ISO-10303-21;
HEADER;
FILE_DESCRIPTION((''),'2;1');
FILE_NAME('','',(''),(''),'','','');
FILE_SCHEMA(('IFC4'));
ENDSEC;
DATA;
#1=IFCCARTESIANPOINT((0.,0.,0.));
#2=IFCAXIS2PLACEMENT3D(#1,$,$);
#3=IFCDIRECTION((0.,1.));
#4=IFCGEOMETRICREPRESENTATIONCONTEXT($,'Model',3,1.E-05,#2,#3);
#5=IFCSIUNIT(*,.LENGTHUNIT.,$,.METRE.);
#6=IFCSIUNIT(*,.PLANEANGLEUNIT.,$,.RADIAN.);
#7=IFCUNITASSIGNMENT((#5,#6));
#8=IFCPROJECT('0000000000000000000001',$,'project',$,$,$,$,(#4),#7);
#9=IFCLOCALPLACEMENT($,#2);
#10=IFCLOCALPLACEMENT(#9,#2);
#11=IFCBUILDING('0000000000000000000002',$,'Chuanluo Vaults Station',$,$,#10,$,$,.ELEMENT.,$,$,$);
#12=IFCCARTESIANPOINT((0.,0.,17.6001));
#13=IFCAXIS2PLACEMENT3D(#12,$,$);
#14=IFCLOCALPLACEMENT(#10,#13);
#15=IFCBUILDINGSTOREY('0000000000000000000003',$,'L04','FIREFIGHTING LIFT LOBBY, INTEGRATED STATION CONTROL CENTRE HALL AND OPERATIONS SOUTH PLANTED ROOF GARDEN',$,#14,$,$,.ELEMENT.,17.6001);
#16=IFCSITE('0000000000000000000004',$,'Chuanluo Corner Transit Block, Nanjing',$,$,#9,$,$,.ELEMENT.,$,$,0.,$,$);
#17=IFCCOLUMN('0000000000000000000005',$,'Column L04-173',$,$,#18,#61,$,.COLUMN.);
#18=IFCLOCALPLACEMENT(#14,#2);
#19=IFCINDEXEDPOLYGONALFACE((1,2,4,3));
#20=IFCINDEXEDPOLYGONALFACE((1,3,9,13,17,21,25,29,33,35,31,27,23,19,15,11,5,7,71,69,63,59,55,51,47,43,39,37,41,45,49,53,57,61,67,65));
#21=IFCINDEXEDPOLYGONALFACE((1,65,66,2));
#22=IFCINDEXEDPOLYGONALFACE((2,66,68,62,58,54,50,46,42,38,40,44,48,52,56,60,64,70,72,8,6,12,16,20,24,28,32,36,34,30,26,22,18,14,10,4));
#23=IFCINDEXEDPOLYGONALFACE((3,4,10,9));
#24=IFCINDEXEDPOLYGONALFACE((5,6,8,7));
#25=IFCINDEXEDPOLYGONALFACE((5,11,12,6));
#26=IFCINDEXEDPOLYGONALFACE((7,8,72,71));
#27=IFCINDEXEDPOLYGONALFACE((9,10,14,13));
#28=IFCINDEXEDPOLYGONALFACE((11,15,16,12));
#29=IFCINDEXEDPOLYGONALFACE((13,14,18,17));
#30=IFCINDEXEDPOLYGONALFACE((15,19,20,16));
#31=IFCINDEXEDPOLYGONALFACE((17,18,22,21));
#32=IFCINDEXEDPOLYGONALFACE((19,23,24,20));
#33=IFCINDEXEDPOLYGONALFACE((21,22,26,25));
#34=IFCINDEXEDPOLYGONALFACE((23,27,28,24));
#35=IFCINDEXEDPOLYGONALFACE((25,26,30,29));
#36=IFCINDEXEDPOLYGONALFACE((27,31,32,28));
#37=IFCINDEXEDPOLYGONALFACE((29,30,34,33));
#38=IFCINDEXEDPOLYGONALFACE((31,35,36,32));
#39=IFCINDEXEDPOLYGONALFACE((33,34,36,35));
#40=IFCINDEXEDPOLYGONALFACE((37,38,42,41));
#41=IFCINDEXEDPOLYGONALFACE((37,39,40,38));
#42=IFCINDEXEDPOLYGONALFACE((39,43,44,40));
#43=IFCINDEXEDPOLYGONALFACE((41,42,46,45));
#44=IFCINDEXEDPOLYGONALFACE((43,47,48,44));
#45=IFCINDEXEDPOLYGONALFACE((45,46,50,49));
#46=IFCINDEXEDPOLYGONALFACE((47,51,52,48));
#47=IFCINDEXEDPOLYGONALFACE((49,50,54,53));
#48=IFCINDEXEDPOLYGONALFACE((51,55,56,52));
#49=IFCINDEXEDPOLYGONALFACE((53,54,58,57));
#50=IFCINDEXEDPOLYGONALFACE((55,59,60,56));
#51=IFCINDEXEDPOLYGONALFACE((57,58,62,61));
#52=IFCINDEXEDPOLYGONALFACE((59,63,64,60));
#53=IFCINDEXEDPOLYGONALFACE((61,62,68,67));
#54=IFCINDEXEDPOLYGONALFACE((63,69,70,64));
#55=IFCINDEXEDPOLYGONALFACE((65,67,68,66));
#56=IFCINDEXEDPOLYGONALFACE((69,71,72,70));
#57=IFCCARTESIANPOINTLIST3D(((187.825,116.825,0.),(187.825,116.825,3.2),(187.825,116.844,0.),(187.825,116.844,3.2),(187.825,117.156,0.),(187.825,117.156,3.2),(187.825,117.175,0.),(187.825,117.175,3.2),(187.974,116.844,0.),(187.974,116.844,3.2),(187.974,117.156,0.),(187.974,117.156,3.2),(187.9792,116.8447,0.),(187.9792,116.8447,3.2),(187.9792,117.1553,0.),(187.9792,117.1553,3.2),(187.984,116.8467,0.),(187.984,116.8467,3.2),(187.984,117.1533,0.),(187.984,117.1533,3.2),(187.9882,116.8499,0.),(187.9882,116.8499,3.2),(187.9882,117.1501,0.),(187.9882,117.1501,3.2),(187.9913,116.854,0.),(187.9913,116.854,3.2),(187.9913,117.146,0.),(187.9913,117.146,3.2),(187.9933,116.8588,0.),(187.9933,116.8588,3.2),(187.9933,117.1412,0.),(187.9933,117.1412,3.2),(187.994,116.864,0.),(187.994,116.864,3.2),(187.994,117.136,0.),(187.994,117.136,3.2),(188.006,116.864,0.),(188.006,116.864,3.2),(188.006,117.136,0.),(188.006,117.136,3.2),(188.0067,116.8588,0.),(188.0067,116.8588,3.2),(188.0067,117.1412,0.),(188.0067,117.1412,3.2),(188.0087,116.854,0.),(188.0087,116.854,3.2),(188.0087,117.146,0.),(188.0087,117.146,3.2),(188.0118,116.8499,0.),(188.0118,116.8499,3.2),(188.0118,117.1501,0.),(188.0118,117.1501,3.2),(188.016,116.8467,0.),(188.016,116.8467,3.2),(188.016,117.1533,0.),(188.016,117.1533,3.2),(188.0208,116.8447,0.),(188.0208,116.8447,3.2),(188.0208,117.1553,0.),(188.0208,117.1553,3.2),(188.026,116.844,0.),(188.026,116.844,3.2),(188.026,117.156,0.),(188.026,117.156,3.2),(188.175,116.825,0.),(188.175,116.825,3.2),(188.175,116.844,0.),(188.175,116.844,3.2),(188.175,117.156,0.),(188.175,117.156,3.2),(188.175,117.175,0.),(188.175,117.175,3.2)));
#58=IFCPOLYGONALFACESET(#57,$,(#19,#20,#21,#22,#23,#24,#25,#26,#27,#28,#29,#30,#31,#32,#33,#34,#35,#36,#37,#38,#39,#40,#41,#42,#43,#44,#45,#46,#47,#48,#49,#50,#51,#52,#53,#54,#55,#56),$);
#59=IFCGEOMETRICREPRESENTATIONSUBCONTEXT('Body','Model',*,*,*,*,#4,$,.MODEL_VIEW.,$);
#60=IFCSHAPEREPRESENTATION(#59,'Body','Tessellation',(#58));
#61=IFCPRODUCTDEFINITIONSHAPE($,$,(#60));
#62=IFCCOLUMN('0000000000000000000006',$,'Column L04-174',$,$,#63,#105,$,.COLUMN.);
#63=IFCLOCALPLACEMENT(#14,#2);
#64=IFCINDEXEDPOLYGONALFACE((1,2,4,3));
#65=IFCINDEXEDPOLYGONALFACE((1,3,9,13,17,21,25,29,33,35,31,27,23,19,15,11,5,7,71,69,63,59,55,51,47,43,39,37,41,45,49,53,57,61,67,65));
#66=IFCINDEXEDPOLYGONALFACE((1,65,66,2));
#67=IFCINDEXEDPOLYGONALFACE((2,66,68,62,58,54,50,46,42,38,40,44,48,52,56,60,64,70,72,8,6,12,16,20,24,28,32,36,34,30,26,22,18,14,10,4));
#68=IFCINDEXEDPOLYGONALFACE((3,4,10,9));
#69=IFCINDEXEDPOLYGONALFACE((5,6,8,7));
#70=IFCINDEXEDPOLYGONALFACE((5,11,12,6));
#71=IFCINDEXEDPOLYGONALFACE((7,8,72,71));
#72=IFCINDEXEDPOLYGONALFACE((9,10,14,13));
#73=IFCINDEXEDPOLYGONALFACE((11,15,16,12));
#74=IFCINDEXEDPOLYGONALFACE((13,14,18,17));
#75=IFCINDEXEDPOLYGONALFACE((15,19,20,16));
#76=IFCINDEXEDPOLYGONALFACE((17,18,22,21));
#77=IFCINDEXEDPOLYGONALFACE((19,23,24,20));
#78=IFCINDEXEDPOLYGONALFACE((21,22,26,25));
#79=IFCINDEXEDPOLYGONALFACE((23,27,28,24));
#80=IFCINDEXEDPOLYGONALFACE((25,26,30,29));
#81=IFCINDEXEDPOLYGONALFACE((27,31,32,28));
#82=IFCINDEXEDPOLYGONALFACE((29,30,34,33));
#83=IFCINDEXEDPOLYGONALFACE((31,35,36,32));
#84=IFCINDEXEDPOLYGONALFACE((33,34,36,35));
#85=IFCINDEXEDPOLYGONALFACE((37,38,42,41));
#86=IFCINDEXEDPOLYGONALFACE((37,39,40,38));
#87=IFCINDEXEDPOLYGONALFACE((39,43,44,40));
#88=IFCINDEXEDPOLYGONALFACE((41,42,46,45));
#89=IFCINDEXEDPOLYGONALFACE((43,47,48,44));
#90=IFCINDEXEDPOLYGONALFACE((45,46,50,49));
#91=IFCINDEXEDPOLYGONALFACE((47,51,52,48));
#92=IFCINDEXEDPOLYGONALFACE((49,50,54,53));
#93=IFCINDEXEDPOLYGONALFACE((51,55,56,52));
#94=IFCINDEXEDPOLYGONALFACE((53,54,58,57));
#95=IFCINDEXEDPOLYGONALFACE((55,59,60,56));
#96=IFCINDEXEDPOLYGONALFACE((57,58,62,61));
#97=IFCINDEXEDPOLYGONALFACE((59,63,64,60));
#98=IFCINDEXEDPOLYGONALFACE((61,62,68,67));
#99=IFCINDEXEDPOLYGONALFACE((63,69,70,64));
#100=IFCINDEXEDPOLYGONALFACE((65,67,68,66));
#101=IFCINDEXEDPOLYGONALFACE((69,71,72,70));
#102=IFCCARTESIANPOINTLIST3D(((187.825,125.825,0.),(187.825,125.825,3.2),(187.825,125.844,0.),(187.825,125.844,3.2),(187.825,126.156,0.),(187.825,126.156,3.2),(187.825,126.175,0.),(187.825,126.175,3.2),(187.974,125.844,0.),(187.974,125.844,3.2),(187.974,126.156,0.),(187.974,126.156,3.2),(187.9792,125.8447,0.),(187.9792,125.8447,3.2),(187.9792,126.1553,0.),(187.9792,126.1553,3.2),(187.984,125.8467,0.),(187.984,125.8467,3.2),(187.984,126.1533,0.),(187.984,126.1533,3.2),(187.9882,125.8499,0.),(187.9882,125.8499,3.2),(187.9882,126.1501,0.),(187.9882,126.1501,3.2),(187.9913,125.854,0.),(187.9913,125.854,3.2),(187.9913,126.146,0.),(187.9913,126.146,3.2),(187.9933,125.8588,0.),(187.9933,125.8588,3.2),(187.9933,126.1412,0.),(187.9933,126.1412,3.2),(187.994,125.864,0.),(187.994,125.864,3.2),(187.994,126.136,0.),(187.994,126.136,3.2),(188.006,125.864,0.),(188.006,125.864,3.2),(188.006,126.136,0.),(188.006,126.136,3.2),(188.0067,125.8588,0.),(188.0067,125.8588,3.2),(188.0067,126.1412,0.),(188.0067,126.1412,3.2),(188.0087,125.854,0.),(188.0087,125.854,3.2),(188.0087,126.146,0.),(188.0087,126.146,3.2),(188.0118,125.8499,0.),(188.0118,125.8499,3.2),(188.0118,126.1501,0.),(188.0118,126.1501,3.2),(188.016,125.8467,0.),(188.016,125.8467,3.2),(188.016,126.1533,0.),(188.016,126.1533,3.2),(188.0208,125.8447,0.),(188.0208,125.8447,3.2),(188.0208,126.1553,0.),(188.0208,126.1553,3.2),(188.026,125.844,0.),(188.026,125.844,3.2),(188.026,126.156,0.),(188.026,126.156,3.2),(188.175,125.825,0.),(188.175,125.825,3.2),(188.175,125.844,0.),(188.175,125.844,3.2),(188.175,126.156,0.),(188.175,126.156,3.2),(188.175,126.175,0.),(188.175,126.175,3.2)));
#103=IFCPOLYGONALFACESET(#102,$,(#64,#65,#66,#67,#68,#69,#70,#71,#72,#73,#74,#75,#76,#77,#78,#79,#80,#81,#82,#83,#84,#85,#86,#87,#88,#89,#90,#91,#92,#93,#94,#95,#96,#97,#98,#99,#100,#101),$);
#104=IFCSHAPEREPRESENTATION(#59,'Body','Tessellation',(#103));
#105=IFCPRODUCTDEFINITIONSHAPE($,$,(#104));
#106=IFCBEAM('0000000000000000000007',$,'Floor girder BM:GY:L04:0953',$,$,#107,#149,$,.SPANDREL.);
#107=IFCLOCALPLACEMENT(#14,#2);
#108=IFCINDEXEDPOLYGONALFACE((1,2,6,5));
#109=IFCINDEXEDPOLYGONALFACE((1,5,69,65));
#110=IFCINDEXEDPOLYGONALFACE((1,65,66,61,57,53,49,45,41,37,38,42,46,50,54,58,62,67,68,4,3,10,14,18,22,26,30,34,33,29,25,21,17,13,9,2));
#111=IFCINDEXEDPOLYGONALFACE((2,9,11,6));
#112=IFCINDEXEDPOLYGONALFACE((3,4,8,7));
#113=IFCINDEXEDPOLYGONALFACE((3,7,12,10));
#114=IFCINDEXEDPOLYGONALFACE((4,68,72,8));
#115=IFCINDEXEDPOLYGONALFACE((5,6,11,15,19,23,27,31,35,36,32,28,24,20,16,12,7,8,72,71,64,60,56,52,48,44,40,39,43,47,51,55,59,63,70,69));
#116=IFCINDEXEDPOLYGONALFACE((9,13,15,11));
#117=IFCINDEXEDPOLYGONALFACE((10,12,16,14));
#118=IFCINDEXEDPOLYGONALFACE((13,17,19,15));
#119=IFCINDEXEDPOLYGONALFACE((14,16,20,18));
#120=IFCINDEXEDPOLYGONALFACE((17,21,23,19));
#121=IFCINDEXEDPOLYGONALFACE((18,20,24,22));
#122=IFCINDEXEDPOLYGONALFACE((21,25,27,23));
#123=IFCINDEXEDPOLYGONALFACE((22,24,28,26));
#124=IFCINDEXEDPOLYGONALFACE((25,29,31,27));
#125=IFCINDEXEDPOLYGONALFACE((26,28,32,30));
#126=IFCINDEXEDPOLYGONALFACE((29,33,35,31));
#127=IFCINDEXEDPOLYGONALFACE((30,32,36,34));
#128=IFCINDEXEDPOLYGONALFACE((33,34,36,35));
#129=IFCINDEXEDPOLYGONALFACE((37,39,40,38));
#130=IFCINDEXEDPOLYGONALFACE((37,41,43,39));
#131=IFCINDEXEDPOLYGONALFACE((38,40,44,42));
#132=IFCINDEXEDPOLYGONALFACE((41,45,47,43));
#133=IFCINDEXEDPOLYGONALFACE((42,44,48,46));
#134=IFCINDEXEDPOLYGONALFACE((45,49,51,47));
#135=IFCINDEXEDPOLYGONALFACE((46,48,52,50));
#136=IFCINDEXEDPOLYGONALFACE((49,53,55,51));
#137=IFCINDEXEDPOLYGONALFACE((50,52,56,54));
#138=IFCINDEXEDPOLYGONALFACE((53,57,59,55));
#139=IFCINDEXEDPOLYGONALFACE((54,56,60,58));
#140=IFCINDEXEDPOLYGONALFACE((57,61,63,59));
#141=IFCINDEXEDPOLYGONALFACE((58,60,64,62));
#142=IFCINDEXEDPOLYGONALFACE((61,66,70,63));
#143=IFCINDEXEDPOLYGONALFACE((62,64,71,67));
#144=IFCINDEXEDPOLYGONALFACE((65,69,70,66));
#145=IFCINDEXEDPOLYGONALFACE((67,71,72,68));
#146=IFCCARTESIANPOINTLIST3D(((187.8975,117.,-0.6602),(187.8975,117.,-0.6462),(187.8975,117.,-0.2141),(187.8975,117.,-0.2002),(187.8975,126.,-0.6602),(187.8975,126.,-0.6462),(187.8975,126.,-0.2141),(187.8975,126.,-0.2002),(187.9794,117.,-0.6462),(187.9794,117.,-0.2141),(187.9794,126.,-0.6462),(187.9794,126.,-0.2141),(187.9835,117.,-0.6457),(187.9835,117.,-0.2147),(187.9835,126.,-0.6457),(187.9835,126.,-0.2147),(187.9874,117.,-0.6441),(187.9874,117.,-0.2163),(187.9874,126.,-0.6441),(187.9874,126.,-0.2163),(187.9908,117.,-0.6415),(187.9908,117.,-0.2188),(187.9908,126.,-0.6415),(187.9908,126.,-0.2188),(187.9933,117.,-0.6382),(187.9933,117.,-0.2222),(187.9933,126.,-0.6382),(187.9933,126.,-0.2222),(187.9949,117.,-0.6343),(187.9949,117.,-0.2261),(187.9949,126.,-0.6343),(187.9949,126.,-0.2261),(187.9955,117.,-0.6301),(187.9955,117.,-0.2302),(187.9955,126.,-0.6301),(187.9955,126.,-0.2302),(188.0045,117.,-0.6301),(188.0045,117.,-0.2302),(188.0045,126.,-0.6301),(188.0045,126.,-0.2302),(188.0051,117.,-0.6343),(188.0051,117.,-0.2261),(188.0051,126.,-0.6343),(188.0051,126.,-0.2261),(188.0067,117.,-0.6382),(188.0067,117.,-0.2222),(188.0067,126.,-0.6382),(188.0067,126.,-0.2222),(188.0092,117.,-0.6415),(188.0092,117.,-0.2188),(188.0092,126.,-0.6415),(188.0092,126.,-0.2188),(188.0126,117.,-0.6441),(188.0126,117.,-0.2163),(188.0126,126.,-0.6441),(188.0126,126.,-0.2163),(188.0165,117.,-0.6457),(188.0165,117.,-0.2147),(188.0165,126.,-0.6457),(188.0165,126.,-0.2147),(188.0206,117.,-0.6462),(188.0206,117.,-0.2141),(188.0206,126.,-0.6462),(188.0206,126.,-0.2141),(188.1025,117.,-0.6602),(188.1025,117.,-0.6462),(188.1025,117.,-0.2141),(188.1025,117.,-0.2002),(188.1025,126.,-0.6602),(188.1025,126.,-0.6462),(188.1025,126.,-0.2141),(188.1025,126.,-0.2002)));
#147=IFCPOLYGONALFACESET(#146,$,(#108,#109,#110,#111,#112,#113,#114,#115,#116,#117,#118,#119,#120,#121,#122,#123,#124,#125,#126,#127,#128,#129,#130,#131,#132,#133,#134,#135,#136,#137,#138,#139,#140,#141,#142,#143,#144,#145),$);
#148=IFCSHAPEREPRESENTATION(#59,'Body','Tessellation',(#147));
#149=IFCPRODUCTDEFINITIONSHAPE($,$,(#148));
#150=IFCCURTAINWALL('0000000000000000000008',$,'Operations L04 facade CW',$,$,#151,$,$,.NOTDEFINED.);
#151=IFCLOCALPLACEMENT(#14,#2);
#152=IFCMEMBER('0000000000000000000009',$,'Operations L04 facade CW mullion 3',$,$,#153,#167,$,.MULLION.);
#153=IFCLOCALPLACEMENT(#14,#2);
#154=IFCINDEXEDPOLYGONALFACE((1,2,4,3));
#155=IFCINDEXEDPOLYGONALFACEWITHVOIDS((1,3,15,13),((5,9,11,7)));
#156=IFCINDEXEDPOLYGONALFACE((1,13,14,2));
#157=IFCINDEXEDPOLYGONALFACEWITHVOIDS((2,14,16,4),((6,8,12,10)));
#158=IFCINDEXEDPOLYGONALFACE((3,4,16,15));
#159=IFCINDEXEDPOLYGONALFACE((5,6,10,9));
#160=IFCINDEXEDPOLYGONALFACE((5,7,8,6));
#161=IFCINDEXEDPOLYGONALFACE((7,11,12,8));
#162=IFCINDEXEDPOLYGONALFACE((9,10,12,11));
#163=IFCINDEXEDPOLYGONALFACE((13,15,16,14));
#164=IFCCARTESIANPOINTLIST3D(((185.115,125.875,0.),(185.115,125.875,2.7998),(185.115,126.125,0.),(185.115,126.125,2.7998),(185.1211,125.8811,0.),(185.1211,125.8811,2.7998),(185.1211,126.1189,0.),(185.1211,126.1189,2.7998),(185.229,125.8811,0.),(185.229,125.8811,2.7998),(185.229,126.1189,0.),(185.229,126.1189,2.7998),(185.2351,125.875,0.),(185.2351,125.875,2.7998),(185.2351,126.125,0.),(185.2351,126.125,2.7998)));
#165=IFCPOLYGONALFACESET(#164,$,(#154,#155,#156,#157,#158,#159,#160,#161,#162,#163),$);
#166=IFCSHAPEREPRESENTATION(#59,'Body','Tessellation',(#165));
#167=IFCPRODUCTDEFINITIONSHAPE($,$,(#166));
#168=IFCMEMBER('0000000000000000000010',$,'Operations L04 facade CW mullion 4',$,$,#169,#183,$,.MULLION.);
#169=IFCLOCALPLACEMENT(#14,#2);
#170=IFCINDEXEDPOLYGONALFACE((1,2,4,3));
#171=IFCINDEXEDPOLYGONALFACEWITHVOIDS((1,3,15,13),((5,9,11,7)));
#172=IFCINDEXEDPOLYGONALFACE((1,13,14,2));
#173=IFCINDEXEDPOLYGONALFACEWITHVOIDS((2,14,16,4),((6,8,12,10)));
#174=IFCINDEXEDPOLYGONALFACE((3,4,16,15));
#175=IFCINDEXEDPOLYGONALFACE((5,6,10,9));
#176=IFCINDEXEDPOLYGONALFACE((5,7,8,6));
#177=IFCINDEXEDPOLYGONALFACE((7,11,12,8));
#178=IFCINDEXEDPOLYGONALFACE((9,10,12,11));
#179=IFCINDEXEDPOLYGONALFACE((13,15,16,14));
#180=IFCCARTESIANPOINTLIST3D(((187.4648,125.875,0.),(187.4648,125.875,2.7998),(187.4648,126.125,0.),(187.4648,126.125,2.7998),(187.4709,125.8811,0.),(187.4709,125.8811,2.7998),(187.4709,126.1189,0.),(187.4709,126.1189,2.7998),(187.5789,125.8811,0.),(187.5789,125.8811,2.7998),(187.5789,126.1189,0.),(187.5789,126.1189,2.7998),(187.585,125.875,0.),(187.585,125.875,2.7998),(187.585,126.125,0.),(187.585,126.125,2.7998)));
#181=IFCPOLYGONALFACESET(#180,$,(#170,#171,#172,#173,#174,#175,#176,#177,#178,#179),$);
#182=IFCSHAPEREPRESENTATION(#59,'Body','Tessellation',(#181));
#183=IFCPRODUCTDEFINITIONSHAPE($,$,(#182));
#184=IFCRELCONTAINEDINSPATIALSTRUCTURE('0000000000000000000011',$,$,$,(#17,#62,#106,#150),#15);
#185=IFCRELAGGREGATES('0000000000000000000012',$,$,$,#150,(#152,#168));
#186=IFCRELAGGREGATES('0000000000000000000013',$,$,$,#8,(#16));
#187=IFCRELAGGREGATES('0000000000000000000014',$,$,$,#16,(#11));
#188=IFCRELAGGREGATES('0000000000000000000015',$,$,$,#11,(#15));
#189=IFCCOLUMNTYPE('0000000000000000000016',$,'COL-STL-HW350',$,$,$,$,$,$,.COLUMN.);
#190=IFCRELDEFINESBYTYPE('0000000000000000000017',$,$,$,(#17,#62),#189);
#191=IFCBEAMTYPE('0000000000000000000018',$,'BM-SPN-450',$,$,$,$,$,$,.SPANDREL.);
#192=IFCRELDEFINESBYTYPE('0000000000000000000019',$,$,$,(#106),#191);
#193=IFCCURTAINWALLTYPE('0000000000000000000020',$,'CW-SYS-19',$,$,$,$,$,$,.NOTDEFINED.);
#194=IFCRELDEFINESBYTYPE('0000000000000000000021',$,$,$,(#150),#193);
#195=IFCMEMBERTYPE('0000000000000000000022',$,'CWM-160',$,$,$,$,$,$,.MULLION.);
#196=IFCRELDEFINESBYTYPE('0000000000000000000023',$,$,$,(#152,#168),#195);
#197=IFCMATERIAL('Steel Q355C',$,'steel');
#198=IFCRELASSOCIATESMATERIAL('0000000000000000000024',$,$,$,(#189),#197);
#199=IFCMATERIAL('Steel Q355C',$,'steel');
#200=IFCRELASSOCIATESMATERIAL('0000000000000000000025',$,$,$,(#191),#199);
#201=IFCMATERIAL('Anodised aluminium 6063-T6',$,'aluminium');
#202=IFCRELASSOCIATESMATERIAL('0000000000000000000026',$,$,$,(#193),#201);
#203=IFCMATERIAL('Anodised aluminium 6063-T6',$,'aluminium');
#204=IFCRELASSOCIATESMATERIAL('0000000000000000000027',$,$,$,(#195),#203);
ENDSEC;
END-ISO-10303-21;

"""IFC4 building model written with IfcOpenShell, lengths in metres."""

from ifc_helpers import new_model, si_unit, direction, frame, origin, origin_2d, place, context, subcontext, project, spatial, hollow_rectangle, i_section, extrude, material, material_profile, profile_set, type_object, element, aggregate, save


model = new_model("IFC4")

# Units and contexts
model_context = context("Model", 3, precision=1e-05, world=origin(), true_north=direction((0.0, 1.0)))
body_context = subcontext(model_context, "Body", "Model", "MODEL_VIEW")
ifc_project = project(units=[si_unit("LENGTHUNIT", "METRE"), si_unit("PLANEANGLEUNIT", "RADIAN")], contexts=[model_context])

# Site, building, storey
site_placement = place(None, origin())
site = spatial("IfcSite", under=ifc_project, at=site_placement, Name="Chuanluo Corner Transit Block, Nanjing", CompositionType="ELEMENT", RefElevation=0.0)
building_placement = place(site_placement, origin())
building = spatial("IfcBuilding", under=site, at=building_placement, Name="Chuanluo Vaults Station", CompositionType="ELEMENT")
storey_placement = place(building_placement, frame((0.0, 0.0, 17.6001)))
storey = spatial("IfcBuildingStorey", under=building, at=storey_placement, Name="L04", Description="FIREFIGHTING LIFT LOBBY, INTEGRATED STATION CONTROL CENTRE HALL AND OPERATIONS SOUTH PLANTED ROOF GARDEN", CompositionType="ELEMENT", Elevation=17.6001)

# Columns
ifc_material_1 = material(Name="Steel Q355C", Category="steel")
ifc_material_profile_1 = material_profile(ifc_material_1, i_section(OverallWidth=0.3501, OverallDepth=0.3501, WebThickness=0.012, FlangeThickness=0.019, FilletRadius=0.02, at=origin_2d()))
ifc_profile_set_1 = profile_set([ifc_material_profile_1], Name="Steel Q355C")
column_type = type_object("IfcColumnType", Name="COL-STL-HW350", PredefinedType="COLUMN", material=ifc_profile_set_1)
for number, where, z_axis, x_axis, name in (
    (1, (188.0, 117.0, 0.0), (0.0, 0.0, 1.0), (1.0, 0.0, 0.0), "Column L04-173"),
    (2, (188.0, 126.0, 0.0), (0.0, 0.0, 1.0), (1.0, 0.0, 0.0), "Column L04-174"),
):
    element("IfcColumn", number, at=place(storey_placement, frame(where, z_axis=z_axis, x_axis=x_axis)), inside=storey, type_object=column_type, Name=name, PredefinedType="COLUMN", context=body_context, shape_type="SweptSolid", body=[
        extrude(i_section(OverallWidth=0.3501, OverallDepth=0.3501, WebThickness=0.012, FlangeThickness=0.019, FilletRadius=0.02, at=origin_2d()), origin(), (0.0, 0.0, 1.0), 3.2),
    ])

# Beam
ifc_material_2 = material(Name="Steel Q355C", Category="steel")
ifc_material_profile_2 = material_profile(ifc_material_2, i_section(OverallWidth=0.2051, OverallDepth=0.46, WebThickness=0.009, FlangeThickness=0.0139, FilletRadius=0.0161, at=origin_2d()))
ifc_profile_set_2 = profile_set([ifc_material_profile_2], Name="Steel Q355C")
beam_type = type_object("IfcBeamType", Name="BM-SPN-450", PredefinedType="SPANDREL", material=ifc_profile_set_2)
beam_placement = place(storey_placement, frame((188.0, 117.0, -0.4302), z_axis=(0.0, 1.0, 0.0), x_axis=(-1.0, 0.0, 0.0)))
element("IfcBeam", 3, at=beam_placement, inside=storey, type_object=beam_type, Name="Floor girder BM:GY:L04:0953", PredefinedType="SPANDREL", context=body_context, shape_type="SweptSolid", body=[
    extrude(i_section(OverallWidth=0.2051, OverallDepth=0.46, WebThickness=0.009, FlangeThickness=0.0139, FilletRadius=0.0161, at=origin_2d()), origin(), (0.0, 0.0, 1.0), 9.0),
])

# Curtain wall, members
ifc_material_3 = material(Name="Anodised aluminium 6063-T6", Category="aluminium")
curtain_wall_type_1 = type_object("IfcCurtainWallType", Name="CW-SYS-19", PredefinedType="NOTDEFINED", material=ifc_material_3)
curtain_wall_1_placement = place(storey_placement, origin())
curtain_wall_1 = element("IfcCurtainWall", 4, at=curtain_wall_1_placement, inside=storey, type_object=curtain_wall_type_1, Name="Operations L04 facade CW", PredefinedType="NOTDEFINED")
ifc_material_4 = material(Name="Anodised aluminium 6063-T6", Category="aluminium")
ifc_material_profile_3 = material_profile(ifc_material_4, hollow_rectangle(XDim=0.1201, YDim=0.25, WallThickness=0.0061, at=origin_2d()))
ifc_profile_set_3 = profile_set([ifc_material_profile_3], Name="Anodised aluminium 6063-T6")
member_type_1 = type_object("IfcMemberType", Name="CWM-160", PredefinedType="MULLION", material=ifc_profile_set_3)
member_1_placement = place(storey_placement, frame((185.175, 126.0, 0.0), z_axis=(0.0, 0.0, 1.0), x_axis=(1.0, 0.0, 0.0)))
member_1 = element("IfcMember", 5, at=member_1_placement, type_object=member_type_1, Name="Operations L04 facade CW mullion 3", PredefinedType="MULLION", context=body_context, shape_type="SweptSolid", body=[
    extrude(hollow_rectangle(XDim=0.1201, YDim=0.25, WallThickness=0.0061, at=origin_2d()), origin(), (0.0, 0.0, 1.0), 2.7998),
])
member_2_placement = place(storey_placement, frame((187.5249, 126.0, 0.0), z_axis=(0.0, 0.0, 1.0), x_axis=(1.0, 0.0, 0.0)))
member_2 = element("IfcMember", 6, at=member_2_placement, type_object=member_type_1, Name="Operations L04 facade CW mullion 4", PredefinedType="MULLION", context=body_context, shape_type="SweptSolid", body=[
    extrude(hollow_rectangle(XDim=0.1201, YDim=0.25, WallThickness=0.0061, at=origin_2d()), origin(), (0.0, 0.0, 1.0), 2.7998),
])

aggregate(curtain_wall_1, [member_1, member_2])

save(model, "model.ifc")
